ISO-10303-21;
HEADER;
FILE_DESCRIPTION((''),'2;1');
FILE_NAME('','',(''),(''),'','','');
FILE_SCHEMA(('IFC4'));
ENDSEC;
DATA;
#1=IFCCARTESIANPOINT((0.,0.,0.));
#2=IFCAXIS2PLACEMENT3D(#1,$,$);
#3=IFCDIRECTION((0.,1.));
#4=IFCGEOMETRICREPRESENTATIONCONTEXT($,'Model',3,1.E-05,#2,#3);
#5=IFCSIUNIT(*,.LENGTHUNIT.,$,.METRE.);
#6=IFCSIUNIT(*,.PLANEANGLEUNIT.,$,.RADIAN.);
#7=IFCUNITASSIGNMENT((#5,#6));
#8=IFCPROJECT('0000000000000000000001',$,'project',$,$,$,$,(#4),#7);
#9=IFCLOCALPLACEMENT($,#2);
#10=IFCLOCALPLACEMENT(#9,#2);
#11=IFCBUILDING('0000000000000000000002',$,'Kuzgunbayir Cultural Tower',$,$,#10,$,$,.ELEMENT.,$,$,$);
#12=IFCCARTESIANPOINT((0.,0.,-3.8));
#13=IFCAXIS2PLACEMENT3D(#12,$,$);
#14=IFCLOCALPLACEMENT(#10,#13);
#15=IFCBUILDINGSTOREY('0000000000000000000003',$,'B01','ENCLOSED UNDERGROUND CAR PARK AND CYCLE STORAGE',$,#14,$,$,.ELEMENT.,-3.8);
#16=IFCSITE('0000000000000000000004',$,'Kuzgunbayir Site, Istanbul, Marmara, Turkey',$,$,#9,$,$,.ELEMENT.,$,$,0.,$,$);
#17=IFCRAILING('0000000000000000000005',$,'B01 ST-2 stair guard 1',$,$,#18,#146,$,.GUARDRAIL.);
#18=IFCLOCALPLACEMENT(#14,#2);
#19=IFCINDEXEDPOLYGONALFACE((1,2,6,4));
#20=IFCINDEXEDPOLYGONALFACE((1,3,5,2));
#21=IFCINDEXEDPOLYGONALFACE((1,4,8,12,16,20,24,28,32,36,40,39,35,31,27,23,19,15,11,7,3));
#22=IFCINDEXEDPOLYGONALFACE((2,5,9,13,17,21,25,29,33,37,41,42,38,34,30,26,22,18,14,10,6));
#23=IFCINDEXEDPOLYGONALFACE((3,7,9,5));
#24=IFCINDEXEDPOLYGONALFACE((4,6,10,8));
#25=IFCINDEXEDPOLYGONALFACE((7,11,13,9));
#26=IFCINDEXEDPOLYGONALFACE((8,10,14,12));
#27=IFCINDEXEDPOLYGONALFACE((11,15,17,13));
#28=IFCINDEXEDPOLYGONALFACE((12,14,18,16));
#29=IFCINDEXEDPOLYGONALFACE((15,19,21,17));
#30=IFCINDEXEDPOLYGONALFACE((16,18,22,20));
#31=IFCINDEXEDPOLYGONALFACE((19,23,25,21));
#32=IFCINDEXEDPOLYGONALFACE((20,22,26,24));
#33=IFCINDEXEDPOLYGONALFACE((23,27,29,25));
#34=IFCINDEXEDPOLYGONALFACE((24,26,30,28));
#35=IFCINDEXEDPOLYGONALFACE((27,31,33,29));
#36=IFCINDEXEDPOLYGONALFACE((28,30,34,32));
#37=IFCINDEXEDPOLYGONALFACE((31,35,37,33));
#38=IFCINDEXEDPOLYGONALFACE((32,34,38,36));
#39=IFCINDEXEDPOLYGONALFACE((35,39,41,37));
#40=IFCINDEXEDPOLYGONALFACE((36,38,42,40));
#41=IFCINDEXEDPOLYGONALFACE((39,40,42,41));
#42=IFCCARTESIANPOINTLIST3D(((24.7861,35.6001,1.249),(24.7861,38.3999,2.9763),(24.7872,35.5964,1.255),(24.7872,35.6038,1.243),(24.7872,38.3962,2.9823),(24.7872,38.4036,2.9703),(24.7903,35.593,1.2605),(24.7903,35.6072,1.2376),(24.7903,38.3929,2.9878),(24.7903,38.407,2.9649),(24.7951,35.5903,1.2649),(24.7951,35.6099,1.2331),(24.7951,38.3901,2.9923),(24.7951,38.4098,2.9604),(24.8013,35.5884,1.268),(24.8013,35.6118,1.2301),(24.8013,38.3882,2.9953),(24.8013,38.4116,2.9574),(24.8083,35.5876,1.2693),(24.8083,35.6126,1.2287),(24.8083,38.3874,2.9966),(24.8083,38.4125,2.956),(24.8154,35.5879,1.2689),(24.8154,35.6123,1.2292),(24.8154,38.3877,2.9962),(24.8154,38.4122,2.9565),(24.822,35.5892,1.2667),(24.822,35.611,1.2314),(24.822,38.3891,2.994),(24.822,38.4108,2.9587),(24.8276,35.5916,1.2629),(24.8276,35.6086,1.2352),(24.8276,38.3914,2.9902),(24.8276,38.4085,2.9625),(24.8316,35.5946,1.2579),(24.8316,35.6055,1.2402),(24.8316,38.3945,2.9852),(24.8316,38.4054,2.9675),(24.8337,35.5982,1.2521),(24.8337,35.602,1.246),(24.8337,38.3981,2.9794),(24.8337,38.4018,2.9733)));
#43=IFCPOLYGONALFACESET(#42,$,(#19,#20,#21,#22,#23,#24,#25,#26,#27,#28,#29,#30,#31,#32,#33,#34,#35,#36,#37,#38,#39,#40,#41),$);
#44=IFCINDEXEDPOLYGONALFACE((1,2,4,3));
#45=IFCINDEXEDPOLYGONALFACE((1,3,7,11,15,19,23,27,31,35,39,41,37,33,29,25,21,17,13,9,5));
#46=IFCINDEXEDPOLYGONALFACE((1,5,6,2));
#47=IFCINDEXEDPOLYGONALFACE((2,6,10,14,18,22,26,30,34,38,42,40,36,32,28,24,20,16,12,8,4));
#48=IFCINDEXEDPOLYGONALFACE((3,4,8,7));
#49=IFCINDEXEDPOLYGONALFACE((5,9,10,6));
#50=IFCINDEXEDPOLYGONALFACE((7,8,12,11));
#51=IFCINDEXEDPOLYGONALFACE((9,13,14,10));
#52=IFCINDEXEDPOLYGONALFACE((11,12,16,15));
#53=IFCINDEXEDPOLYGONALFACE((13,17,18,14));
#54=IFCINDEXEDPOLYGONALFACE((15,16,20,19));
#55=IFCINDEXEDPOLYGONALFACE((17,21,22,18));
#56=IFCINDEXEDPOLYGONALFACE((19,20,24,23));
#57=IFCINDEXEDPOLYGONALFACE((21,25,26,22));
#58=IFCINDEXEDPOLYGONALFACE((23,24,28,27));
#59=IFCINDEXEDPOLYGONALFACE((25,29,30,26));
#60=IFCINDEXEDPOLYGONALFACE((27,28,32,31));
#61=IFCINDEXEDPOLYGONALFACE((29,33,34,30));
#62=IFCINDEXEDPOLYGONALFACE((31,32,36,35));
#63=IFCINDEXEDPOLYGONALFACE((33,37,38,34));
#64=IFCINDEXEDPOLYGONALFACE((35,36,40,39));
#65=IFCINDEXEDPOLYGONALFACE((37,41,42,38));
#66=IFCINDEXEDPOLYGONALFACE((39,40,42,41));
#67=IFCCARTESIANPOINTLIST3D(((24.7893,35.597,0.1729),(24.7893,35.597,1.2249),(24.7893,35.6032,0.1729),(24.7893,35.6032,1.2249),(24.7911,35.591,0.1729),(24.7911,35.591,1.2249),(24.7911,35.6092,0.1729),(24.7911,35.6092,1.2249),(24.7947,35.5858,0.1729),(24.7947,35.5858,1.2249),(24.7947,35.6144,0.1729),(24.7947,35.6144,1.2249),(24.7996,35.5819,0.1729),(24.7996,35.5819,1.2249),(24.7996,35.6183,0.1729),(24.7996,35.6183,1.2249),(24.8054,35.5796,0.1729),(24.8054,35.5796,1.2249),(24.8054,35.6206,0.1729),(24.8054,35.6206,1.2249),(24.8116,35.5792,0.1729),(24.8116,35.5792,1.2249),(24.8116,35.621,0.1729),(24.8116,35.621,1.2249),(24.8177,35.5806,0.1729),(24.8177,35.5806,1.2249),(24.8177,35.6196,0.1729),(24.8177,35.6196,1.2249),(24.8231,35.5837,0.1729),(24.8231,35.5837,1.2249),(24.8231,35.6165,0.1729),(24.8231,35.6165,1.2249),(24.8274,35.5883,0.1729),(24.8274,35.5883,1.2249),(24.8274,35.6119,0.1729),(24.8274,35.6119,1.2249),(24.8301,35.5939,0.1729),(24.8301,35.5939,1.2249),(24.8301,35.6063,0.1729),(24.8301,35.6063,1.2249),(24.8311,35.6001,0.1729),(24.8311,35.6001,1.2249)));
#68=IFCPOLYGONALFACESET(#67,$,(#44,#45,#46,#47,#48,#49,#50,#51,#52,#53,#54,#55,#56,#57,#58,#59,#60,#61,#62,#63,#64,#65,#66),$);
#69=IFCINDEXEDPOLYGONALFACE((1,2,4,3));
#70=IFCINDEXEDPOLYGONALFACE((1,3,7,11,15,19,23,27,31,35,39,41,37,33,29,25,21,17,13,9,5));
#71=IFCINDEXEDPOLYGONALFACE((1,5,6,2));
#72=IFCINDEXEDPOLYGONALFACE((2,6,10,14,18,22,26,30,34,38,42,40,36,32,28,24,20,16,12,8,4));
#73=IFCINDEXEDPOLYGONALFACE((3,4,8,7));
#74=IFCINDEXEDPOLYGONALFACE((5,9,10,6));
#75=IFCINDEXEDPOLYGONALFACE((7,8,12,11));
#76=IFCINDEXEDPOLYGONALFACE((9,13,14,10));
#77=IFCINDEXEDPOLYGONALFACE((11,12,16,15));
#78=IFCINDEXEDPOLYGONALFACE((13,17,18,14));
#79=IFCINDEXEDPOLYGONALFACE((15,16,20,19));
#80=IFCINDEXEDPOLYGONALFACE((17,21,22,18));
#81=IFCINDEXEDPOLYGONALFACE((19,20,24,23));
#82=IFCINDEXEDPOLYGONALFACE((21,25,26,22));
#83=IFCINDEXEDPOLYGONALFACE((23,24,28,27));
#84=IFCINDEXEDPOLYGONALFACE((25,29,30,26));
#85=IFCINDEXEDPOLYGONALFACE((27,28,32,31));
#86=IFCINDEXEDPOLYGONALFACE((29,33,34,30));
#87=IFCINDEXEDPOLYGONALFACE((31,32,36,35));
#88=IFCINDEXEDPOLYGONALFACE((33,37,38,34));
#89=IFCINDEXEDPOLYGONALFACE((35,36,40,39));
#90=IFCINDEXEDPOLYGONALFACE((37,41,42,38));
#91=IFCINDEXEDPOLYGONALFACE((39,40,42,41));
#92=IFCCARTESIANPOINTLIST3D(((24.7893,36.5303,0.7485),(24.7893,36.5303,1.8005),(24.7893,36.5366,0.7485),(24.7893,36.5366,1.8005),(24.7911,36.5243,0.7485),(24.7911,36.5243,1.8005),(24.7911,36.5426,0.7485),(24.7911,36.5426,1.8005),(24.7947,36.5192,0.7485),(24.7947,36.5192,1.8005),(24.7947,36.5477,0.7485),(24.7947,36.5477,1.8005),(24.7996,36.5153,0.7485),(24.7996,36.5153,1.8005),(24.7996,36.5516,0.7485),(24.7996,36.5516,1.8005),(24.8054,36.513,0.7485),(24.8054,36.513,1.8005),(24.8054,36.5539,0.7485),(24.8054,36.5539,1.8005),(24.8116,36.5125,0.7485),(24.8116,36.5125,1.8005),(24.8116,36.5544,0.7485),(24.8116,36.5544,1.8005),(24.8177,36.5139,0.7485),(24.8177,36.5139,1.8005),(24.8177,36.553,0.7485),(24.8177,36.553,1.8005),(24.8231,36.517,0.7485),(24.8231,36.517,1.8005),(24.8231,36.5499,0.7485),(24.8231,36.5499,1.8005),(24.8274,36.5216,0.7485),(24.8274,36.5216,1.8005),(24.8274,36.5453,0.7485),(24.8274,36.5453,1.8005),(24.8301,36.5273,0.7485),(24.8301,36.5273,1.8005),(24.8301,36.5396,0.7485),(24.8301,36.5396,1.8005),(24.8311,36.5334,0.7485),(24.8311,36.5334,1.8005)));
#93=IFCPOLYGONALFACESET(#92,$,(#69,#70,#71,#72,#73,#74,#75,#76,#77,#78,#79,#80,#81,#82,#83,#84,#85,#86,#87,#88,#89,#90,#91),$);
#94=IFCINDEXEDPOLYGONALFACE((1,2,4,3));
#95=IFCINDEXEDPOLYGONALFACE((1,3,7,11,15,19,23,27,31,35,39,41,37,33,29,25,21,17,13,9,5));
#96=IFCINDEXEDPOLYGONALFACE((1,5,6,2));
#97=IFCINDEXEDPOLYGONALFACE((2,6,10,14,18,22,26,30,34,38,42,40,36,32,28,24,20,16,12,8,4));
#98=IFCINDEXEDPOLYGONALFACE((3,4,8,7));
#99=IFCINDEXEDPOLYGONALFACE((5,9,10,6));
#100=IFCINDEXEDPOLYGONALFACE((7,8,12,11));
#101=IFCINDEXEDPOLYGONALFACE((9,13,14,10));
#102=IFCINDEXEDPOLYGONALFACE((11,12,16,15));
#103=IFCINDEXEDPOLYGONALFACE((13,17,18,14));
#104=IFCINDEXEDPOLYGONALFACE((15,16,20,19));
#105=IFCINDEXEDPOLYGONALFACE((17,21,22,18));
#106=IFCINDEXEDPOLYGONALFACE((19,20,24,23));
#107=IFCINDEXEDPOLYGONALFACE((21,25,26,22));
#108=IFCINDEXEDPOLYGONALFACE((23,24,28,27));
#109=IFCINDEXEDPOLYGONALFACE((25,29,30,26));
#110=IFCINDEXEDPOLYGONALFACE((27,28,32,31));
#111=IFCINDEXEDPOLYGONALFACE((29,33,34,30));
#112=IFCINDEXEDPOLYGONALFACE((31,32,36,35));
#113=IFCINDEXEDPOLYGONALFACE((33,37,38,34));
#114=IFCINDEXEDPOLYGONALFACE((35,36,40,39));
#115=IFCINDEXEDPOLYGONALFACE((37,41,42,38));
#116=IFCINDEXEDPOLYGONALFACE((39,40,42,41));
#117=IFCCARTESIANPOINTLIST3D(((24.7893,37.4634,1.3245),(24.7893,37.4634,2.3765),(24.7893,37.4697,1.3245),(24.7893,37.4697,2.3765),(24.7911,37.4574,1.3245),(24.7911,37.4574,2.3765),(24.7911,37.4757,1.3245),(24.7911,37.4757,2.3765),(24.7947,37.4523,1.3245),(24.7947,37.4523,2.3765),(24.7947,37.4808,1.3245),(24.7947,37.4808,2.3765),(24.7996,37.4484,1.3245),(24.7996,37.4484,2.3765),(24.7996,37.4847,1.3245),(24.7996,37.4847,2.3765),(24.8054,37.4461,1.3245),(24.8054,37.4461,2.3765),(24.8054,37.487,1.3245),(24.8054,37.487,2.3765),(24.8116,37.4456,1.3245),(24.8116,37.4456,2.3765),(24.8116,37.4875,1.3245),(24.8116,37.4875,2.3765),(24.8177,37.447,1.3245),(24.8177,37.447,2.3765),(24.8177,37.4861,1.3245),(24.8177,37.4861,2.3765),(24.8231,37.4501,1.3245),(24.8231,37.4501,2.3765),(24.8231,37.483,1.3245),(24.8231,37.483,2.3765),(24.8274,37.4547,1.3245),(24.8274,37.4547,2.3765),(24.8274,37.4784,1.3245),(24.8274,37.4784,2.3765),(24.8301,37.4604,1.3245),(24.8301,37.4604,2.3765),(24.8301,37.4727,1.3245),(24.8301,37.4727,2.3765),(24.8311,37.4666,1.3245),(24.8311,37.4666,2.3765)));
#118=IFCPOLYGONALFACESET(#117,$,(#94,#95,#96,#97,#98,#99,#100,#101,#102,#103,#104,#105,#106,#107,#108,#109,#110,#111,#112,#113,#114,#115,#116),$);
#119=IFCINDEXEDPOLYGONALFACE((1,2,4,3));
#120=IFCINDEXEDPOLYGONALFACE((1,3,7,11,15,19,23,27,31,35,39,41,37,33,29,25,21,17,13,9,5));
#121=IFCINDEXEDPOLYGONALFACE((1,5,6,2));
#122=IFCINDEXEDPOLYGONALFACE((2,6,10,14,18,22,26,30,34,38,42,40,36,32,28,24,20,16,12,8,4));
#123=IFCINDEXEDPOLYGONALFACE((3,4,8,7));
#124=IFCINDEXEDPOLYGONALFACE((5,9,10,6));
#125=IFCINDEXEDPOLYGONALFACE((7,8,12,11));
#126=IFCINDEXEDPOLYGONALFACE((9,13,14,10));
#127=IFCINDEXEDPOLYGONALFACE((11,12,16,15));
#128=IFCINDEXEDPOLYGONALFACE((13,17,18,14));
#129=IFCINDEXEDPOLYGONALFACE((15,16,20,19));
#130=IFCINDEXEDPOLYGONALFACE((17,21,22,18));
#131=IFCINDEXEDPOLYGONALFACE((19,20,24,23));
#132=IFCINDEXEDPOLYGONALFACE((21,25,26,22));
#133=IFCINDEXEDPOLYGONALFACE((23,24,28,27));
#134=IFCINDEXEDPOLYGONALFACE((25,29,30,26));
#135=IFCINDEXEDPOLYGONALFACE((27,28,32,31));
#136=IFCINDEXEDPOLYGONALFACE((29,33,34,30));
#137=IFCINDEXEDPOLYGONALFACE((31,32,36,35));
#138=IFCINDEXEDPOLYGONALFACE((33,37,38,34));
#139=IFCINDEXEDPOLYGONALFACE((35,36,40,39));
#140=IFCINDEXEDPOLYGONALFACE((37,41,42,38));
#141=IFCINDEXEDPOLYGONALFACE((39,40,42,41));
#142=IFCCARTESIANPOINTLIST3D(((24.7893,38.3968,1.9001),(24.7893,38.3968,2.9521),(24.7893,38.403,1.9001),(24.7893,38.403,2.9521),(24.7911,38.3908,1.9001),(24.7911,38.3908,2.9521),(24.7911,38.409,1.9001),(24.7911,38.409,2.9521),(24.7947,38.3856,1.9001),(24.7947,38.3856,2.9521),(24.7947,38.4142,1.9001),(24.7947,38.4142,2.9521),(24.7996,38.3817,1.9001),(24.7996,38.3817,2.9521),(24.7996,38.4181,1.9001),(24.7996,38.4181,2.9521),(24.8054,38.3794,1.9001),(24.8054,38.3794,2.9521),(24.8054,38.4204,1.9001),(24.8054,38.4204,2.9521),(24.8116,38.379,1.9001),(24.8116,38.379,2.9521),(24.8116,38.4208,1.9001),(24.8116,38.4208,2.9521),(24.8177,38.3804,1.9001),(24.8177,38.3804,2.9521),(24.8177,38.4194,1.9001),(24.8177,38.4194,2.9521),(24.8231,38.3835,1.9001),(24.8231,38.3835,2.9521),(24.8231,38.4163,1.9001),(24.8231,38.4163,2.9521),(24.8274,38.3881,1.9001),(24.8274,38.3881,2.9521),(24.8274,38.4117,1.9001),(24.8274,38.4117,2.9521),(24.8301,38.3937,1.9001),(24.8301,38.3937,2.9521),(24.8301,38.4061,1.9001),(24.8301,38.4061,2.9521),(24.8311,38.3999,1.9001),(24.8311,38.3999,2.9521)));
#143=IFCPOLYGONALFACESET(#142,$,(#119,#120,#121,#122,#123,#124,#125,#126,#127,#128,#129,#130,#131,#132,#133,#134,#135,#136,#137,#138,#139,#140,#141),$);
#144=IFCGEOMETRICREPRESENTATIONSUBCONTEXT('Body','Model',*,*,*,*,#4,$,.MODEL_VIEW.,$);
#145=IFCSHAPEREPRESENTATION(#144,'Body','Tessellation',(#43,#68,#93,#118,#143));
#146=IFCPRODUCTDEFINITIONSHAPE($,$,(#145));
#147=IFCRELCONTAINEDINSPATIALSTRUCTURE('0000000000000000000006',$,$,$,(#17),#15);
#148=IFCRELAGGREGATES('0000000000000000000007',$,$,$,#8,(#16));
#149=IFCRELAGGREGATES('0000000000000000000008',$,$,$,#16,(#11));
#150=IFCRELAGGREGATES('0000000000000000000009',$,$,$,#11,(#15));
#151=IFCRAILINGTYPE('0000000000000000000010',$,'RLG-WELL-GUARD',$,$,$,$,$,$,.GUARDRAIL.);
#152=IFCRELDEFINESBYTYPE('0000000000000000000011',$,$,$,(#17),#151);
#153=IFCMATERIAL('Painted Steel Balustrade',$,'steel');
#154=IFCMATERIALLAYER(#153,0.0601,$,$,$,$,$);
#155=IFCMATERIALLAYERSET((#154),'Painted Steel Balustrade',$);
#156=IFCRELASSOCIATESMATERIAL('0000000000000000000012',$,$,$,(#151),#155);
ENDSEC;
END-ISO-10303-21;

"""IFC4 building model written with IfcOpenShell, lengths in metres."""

from ifc_helpers import new_model, si_unit, direction, frame, origin, origin_2d, place, context, subcontext, project, spatial, circle, extrude, material, layer, layer_set, type_object, element, save


model = new_model("IFC4")

# Units and contexts
model_context = context("Model", 3, precision=1e-05, world=origin(), true_north=direction((0.0, 1.0)))
body_context = subcontext(model_context, "Body", "Model", "MODEL_VIEW")
ifc_project = project(units=[si_unit("LENGTHUNIT", "METRE"), si_unit("PLANEANGLEUNIT", "RADIAN")], contexts=[model_context])

# Site, building, storey
site_placement = place(None, origin())
site = spatial("IfcSite", under=ifc_project, at=site_placement, Name="Kuzgunbayir Site, Istanbul, Marmara, Turkey", CompositionType="ELEMENT", RefElevation=0.0)
building_placement = place(site_placement, origin())
building = spatial("IfcBuilding", under=site, at=building_placement, Name="Kuzgunbayir Cultural Tower", CompositionType="ELEMENT")
storey_placement = place(building_placement, frame((0.0, 0.0, -3.8)))
storey = spatial("IfcBuildingStorey", under=building, at=storey_placement, Name="B01", Description="ENCLOSED UNDERGROUND CAR PARK AND CYCLE STORAGE", CompositionType="ELEMENT", Elevation=-3.8)

# Railing
ifc_material_1 = material(Name="Painted Steel Balustrade", Category="steel")
ifc_layer_1 = layer(ifc_material_1, 0.0601)
ifc_layer_set_1 = layer_set([ifc_layer_1], Name="Painted Steel Balustrade")
railing_type_1 = type_object("IfcRailingType", Name="RLG-WELL-GUARD", PredefinedType="GUARDRAIL", material=ifc_layer_set_1)
railing_1_placement = place(storey_placement, frame((24.8101, 35.6001, 0.1729)))
element("IfcRailing", 1, at=railing_1_placement, inside=storey, type_object=railing_type_1, Name="B01 ST-2 stair guard 1", PredefinedType="GUARDRAIL", context=body_context, shape_type="SweptSolid", body=[
    extrude(circle(Radius=0.0239, at=origin_2d()), frame((0.0, 0.0, 1.0762), z_axis=(0.0, 0.851069, 0.525054), x_axis=(-1.0, 0.0, 0.0)), (0.0, 0.0, 1.0), 3.2898),
    extrude(circle(Radius=0.021, at=origin_2d()), origin(), (0.0, 0.0, 1.0), 1.052),
    extrude(circle(Radius=0.021, at=origin_2d()), frame((0.0, 0.9333, 0.5757)), (0.0, 0.0, 1.0), 1.052),
    extrude(circle(Radius=0.021, at=origin_2d()), frame((0.0, 1.8665, 1.1516)), (0.0, 0.0, 1.0), 1.052),
    extrude(circle(Radius=0.021, at=origin_2d()), frame((0.0, 2.7998, 1.7273)), (0.0, 0.0, 1.0), 1.052),
])

save(model, "model.ifc")
